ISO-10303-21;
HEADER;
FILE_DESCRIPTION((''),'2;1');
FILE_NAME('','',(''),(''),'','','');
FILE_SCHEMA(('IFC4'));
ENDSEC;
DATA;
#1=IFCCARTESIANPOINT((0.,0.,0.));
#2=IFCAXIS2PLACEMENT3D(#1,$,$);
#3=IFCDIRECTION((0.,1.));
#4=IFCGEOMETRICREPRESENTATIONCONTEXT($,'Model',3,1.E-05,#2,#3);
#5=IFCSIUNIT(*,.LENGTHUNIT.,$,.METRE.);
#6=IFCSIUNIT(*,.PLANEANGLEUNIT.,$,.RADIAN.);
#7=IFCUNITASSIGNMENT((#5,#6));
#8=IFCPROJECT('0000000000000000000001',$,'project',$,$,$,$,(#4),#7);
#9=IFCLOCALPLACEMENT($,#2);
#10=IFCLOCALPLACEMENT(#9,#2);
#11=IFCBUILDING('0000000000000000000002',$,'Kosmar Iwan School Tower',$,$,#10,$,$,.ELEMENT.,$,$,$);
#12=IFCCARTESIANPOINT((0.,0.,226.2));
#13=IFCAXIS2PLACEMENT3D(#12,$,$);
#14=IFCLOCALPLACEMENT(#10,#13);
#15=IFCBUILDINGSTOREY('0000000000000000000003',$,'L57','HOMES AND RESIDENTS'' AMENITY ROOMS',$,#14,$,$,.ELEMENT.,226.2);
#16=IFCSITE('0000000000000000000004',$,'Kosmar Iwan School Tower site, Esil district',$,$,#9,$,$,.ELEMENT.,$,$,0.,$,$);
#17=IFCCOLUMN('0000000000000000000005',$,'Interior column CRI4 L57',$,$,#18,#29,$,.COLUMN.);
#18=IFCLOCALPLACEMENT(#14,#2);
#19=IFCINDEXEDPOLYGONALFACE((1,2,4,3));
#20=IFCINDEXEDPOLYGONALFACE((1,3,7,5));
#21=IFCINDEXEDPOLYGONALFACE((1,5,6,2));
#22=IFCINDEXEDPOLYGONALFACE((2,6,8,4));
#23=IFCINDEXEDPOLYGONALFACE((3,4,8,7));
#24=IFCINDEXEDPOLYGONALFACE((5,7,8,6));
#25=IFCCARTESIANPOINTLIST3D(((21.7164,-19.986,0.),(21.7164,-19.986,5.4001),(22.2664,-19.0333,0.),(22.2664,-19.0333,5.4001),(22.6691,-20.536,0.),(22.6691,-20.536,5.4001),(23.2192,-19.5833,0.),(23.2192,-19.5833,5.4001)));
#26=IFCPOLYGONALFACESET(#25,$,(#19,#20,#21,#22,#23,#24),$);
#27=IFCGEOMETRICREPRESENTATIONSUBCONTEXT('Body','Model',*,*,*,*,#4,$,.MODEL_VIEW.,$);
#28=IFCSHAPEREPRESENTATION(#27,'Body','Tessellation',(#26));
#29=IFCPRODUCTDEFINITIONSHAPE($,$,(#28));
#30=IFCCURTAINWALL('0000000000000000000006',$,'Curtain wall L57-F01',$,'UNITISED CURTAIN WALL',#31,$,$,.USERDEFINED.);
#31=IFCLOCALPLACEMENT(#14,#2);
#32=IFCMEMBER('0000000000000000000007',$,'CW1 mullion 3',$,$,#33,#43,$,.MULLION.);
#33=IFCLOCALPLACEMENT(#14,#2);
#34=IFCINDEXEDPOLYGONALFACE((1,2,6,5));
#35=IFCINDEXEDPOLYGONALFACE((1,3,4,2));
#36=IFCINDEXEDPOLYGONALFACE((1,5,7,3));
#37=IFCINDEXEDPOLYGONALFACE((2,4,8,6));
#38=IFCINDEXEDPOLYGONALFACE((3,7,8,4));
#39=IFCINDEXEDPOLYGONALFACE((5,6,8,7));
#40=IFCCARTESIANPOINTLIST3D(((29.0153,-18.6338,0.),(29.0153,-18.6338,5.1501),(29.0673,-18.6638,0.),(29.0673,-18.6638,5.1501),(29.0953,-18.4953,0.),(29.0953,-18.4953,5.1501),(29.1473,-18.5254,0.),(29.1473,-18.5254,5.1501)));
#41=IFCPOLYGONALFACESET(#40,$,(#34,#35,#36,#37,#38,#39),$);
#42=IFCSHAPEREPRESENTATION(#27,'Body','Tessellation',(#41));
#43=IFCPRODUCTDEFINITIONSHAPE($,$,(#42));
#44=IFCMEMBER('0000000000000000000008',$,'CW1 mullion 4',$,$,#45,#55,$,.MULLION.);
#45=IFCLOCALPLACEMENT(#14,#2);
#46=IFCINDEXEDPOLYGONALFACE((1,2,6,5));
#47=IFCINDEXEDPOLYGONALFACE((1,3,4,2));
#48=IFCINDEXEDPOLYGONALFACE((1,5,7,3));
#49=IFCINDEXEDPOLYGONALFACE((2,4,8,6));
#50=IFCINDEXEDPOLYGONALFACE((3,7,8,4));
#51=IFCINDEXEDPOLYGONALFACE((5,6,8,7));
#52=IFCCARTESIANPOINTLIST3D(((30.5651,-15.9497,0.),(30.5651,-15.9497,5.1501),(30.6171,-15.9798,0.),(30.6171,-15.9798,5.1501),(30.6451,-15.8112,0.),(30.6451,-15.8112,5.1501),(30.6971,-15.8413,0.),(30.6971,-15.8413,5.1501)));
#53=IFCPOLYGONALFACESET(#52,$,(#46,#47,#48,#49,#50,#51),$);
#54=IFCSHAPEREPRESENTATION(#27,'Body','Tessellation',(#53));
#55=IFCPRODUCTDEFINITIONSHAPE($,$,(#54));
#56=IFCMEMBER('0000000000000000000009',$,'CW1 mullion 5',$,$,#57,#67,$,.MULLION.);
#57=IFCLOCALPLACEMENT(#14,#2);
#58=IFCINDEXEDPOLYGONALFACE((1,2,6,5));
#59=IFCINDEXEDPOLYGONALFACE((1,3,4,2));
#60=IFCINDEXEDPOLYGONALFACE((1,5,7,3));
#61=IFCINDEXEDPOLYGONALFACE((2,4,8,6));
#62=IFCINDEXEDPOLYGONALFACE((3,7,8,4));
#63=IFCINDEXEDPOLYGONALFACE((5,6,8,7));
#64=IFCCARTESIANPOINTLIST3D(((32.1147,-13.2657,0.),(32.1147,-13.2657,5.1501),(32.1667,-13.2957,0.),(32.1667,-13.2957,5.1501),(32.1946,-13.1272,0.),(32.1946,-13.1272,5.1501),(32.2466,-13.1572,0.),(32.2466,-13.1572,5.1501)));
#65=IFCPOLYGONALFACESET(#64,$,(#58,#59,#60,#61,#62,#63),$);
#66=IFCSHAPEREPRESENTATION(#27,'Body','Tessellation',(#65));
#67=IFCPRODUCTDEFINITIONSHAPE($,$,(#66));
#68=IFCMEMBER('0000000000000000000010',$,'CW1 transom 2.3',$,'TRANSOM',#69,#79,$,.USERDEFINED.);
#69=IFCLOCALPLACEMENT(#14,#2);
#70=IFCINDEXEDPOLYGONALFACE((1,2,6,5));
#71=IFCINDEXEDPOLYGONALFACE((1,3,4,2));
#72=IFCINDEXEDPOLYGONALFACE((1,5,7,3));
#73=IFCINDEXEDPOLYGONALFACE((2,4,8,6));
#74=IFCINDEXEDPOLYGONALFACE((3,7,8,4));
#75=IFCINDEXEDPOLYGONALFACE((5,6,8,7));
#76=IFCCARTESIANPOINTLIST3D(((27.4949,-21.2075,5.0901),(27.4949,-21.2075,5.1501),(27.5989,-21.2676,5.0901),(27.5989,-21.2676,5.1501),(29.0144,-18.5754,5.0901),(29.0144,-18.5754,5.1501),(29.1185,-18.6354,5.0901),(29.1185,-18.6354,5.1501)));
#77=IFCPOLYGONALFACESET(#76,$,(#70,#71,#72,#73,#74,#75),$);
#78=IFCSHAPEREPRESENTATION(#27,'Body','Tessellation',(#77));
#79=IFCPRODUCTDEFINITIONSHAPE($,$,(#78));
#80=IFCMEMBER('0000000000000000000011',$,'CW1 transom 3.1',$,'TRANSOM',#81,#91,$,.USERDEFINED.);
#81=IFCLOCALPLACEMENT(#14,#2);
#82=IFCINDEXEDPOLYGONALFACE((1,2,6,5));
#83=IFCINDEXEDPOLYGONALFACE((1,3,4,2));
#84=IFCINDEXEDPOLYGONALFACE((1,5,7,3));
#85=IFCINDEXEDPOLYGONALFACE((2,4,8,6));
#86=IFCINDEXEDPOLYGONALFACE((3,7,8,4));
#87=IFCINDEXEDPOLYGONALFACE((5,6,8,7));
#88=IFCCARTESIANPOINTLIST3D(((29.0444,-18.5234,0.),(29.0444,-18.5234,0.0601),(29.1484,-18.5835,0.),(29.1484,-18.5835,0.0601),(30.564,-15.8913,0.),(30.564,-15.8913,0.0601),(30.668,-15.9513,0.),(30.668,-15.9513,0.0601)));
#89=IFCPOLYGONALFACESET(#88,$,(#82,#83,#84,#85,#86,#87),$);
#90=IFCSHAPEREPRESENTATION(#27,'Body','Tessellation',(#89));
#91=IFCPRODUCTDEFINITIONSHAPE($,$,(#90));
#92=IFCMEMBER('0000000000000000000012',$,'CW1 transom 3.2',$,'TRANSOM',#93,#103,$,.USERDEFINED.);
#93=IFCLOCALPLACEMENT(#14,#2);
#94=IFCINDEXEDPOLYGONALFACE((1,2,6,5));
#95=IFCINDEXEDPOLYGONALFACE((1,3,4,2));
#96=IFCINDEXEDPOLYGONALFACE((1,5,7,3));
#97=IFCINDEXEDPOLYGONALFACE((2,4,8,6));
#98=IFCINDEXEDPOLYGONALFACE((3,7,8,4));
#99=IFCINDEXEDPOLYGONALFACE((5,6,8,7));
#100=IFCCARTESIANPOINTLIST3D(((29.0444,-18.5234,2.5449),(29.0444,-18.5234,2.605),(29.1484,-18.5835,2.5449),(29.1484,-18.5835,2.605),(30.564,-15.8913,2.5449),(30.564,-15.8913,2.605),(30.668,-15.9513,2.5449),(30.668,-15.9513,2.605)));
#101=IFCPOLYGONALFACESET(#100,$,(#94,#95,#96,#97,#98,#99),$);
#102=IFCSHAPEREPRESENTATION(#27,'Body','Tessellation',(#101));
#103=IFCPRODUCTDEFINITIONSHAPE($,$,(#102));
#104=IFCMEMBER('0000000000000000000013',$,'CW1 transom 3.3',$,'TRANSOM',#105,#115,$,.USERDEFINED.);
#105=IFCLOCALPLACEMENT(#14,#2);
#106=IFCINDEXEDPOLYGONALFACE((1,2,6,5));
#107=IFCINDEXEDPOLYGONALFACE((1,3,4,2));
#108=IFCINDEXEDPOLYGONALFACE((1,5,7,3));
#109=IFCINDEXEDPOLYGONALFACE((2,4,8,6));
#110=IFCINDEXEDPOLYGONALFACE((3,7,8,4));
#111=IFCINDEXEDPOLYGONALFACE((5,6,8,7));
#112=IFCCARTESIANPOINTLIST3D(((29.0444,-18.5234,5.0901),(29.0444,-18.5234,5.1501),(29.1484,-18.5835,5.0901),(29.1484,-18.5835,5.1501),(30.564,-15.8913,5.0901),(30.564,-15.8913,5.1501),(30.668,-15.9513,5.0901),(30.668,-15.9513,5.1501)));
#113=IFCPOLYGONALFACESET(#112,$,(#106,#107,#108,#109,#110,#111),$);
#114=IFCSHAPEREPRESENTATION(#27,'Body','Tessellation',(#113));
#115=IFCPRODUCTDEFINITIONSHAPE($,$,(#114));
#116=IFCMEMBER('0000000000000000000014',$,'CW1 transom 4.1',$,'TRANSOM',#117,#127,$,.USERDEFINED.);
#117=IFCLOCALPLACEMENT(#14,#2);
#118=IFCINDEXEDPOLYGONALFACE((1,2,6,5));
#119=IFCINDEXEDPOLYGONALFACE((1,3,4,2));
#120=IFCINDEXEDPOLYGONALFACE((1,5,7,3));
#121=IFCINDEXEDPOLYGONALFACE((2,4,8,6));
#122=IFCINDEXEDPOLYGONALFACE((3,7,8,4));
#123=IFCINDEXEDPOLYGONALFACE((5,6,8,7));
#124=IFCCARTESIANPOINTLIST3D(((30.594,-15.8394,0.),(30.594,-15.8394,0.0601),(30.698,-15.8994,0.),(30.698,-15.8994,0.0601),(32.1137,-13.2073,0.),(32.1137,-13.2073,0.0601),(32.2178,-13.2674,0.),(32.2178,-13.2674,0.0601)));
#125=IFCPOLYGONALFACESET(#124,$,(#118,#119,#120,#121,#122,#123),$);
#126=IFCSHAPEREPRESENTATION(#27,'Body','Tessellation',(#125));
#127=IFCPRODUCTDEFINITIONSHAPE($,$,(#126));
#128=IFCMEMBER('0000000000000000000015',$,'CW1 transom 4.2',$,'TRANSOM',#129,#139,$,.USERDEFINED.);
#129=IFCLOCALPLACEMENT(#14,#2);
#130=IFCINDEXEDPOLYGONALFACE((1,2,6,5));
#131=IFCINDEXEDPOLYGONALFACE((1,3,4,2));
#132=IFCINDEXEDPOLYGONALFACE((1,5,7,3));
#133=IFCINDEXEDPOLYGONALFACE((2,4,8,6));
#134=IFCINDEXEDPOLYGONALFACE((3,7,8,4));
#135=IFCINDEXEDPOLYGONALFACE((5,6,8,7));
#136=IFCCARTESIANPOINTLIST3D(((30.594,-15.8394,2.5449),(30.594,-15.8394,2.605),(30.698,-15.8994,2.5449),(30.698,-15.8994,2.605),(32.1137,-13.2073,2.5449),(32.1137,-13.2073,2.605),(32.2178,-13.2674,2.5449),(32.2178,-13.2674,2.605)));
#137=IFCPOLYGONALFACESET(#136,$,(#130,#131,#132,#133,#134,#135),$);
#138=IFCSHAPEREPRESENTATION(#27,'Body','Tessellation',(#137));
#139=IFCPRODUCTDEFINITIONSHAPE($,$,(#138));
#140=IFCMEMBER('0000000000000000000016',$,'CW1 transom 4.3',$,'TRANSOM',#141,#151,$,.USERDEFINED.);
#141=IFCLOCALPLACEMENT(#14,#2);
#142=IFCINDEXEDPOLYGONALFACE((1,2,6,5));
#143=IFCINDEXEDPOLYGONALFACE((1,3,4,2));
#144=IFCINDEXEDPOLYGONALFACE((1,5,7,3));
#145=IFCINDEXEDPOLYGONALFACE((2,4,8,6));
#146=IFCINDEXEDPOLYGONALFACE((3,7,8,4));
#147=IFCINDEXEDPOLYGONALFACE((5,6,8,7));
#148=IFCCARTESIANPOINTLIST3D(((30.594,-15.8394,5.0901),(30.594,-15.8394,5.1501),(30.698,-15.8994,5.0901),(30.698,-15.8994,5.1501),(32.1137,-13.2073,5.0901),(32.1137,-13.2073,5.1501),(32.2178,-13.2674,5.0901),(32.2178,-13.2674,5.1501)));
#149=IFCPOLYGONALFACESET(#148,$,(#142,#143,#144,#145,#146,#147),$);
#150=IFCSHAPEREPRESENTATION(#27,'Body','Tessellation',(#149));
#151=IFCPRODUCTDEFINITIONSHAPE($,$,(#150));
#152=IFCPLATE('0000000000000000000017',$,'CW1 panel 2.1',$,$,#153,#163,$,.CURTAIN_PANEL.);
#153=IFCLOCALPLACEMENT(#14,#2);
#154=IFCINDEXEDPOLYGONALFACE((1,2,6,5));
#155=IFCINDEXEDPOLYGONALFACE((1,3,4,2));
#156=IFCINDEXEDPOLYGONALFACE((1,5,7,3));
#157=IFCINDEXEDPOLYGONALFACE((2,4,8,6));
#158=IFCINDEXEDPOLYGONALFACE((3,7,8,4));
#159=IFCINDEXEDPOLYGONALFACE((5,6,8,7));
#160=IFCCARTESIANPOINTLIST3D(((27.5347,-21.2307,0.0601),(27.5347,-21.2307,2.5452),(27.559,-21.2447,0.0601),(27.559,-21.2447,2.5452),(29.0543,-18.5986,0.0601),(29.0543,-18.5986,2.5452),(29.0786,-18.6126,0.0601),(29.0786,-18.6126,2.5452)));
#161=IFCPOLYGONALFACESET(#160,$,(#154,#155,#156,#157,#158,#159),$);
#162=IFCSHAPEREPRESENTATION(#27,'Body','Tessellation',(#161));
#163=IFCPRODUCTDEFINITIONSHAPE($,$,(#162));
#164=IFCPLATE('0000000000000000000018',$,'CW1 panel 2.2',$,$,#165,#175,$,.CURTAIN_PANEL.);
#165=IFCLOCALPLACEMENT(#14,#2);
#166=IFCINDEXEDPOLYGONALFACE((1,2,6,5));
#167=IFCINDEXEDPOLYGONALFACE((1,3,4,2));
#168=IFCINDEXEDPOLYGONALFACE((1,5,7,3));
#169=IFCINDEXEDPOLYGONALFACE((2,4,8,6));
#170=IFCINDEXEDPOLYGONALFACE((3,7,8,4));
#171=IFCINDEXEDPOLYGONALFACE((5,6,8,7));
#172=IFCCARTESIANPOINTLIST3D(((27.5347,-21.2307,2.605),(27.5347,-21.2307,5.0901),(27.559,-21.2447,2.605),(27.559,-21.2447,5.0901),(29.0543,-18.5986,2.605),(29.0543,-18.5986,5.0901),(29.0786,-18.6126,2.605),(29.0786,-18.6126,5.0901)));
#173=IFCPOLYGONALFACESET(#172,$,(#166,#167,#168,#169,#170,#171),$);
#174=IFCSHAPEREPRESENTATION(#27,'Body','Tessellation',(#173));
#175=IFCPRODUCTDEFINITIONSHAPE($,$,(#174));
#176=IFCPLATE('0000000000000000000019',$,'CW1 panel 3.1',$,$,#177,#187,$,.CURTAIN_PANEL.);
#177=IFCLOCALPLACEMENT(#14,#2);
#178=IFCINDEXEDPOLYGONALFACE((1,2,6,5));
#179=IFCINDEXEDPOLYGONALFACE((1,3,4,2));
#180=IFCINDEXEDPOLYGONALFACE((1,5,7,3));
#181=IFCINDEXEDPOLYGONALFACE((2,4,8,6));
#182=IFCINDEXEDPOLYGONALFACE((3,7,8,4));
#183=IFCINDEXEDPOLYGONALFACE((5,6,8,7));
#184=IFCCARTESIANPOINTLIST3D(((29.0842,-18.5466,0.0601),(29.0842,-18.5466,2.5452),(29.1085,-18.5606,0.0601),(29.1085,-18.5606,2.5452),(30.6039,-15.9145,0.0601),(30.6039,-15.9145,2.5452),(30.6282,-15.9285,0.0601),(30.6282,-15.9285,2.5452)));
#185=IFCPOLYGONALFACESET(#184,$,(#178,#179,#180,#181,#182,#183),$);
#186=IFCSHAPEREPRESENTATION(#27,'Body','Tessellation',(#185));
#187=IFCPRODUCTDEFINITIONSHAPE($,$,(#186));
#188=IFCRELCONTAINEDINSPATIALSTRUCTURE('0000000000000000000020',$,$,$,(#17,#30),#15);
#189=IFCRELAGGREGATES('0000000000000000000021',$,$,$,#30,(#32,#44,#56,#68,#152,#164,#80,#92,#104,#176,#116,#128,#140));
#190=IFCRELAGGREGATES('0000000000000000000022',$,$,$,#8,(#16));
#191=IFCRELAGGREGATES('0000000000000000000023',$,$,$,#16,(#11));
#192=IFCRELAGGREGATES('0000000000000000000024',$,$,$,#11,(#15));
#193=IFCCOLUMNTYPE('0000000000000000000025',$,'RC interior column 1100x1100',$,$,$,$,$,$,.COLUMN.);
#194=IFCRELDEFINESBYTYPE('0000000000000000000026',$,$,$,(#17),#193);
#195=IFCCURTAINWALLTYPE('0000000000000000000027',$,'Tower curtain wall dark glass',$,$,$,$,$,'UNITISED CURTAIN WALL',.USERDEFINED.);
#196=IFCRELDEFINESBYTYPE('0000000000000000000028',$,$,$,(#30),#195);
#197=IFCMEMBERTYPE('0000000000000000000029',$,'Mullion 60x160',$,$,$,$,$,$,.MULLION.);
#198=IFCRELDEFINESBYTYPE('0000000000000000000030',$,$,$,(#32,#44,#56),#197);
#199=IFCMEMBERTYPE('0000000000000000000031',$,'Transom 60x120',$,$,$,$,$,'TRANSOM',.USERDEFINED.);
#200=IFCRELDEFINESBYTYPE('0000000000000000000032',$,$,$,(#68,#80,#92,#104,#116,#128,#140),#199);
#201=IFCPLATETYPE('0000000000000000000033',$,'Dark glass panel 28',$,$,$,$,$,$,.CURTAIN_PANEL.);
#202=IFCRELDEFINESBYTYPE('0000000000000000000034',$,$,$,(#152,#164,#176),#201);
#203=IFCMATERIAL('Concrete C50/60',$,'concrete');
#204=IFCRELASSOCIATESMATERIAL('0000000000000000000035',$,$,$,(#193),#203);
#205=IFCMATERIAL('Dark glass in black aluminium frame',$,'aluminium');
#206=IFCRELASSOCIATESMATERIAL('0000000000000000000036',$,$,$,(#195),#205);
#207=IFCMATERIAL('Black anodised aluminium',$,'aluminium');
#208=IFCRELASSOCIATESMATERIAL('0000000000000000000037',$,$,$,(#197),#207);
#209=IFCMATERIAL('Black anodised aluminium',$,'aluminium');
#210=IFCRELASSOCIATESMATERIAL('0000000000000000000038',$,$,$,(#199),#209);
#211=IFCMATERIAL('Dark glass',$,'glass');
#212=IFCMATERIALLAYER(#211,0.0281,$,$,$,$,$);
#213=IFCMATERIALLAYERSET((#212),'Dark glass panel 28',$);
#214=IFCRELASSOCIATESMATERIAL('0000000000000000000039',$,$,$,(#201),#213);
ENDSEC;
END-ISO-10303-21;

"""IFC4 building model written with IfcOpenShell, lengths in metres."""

from ifc_helpers import new_model, si_unit, direction, frame, origin, origin_2d, place, context, subcontext, project, spatial, rectangle, extrude, material, layer, layer_set, material_profile, profile_set, type_object, element, aggregate, save


model = new_model("IFC4")

# Units and contexts
model_context = context("Model", 3, precision=1e-05, world=origin(), true_north=direction((0.0, 1.0)))
body_context = subcontext(model_context, "Body", "Model", "MODEL_VIEW")
ifc_project = project(units=[si_unit("LENGTHUNIT", "METRE"), si_unit("PLANEANGLEUNIT", "RADIAN")], contexts=[model_context])

# Site, building, storey
site_placement = place(None, origin())
site = spatial("IfcSite", under=ifc_project, at=site_placement, Name="Kosmar Iwan School Tower site, Esil district", CompositionType="ELEMENT", RefElevation=0.0)
building_placement = place(site_placement, origin())
building = spatial("IfcBuilding", under=site, at=building_placement, Name="Kosmar Iwan School Tower", CompositionType="ELEMENT")
storey_placement = place(building_placement, frame((0.0, 0.0, 226.2)))
storey = spatial("IfcBuildingStorey", under=building, at=storey_placement, Name="L57", Description="HOMES AND RESIDENTS' AMENITY ROOMS", CompositionType="ELEMENT", Elevation=226.2)

# Column
ifc_material_1 = material(Name="Concrete C50/60", Category="concrete")
ifc_material_profile_1 = material_profile(ifc_material_1, rectangle(XDim=1.1001, YDim=1.1001, at=origin_2d()), Name="RC 1100x1100")
ifc_profile_set_1 = profile_set([ifc_material_profile_1], Name="Concrete C50/60")
column_type = type_object("IfcColumnType", Name="RC interior column 1100x1100", PredefinedType="COLUMN", material=ifc_profile_set_1)
column_placement = place(storey_placement, frame((22.4678, -19.7847, 0.0), z_axis=(0.0, 0.0, 1.0), x_axis=(0.866025, -0.5, 0.0)))
element("IfcColumn", 1, at=column_placement, inside=storey, type_object=column_type, Name="Interior column CRI4 L57", PredefinedType="COLUMN", context=body_context, shape_type="SweptSolid", body=[
    extrude(rectangle(XDim=1.1001, YDim=1.1001, at=origin_2d()), origin(), (0.0, 0.0, 1.0), 5.4001),
])

# Curtain wall, members, plates
ifc_material_2 = material(Name="Dark glass in black aluminium frame", Category="aluminium")
curtain_wall_type = type_object("IfcCurtainWallType", Name="Tower curtain wall dark glass", ElementType="UNITISED CURTAIN WALL", PredefinedType="USERDEFINED", material=ifc_material_2)
curtain_wall_placement = place(storey_placement, origin())
curtain_wall = element("IfcCurtainWall", 2, at=curtain_wall_placement, inside=storey, type_object=curtain_wall_type, Name="Curtain wall L57-F01", ObjectType="UNITISED CURTAIN WALL", PredefinedType="USERDEFINED")
ifc_material_3 = material(Name="Black anodised aluminium", Category="aluminium")
ifc_material_profile_2 = material_profile(ifc_material_3, rectangle(XDim=0.0601, YDim=0.1599, at=origin_2d()), Name="MULLION 60x160")
ifc_profile_set_2 = profile_set([ifc_material_profile_2], Name="Black anodised aluminium")
member_type_1 = type_object("IfcMemberType", Name="Mullion 60x160", PredefinedType="MULLION", material=ifc_profile_set_2)
member_1_placement = place(storey_placement, frame((29.0813, -18.5796, 0.0), z_axis=(0.0, 0.0, 1.0), x_axis=(-0.866025, 0.5, 0.0)))
member_1 = element("IfcMember", 3, at=member_1_placement, type_object=member_type_1, Name="CW1 mullion 3", PredefinedType="MULLION", context=body_context, shape_type="SweptSolid", body=[
    extrude(rectangle(XDim=0.0601, YDim=0.1599, at=origin_2d()), origin(), (0.0, 0.0, 1.0), 5.1501),
])
member_2_placement = place(storey_placement, frame((30.6311, -15.8955, 0.0), z_axis=(0.0, 0.0, 1.0), x_axis=(-0.866025, 0.5, 0.0)))
member_2 = element("IfcMember", 4, at=member_2_placement, type_object=member_type_1, Name="CW1 mullion 4", PredefinedType="MULLION", context=body_context, shape_type="SweptSolid", body=[
    extrude(rectangle(XDim=0.0601, YDim=0.1599, at=origin_2d()), origin(), (0.0, 0.0, 1.0), 5.1501),
])
member_3_placement = place(storey_placement, frame((32.1807, -13.2114, 0.0), z_axis=(0.0, 0.0, 1.0), x_axis=(-0.866025, 0.5, 0.0)))
member_3 = element("IfcMember", 5, at=member_3_placement, type_object=member_type_1, Name="CW1 mullion 5", PredefinedType="MULLION", context=body_context, shape_type="SweptSolid", body=[
    extrude(rectangle(XDim=0.0601, YDim=0.1599, at=origin_2d()), origin(), (0.0, 0.0, 1.0), 5.1501),
])
ifc_material_4 = material(Name="Black anodised aluminium", Category="aluminium")
ifc_material_profile_3 = material_profile(ifc_material_4, rectangle(XDim=0.1201, YDim=0.0601, at=origin_2d()), Name="TRANSOM 60x120")
ifc_profile_set_3 = profile_set([ifc_material_profile_3], Name="Black anodised aluminium")
member_type_2 = type_object("IfcMemberType", Name="Transom 60x120", ElementType="TRANSOM", PredefinedType="USERDEFINED", material=ifc_profile_set_3)
member_4_placement = place(storey_placement, frame((27.5469, -21.2375, 5.1201), z_axis=(0.499975, 0.86604, 0.0), x_axis=(-0.86604, 0.499975, 0.0)))
member_4 = element("IfcMember", 6, at=member_4_placement, type_object=member_type_2, Name="CW1 transom 2.3", ObjectType="TRANSOM", PredefinedType="USERDEFINED", context=body_context, shape_type="SweptSolid", body=[
    extrude(rectangle(XDim=0.1201, YDim=0.0601, at=origin_2d()), origin(), (0.0, 0.0, 1.0), 3.0393),
])
member_5_placement = place(storey_placement, frame((29.0964, -18.5535, 0.03), z_axis=(0.499975, 0.86604, 0.0), x_axis=(-0.86604, 0.499975, 0.0)))
member_5 = element("IfcMember", 7, at=member_5_placement, type_object=member_type_2, Name="CW1 transom 3.1", ObjectType="TRANSOM", PredefinedType="USERDEFINED", context=body_context, shape_type="SweptSolid", body=[
    extrude(rectangle(XDim=0.1201, YDim=0.0601, at=origin_2d()), origin(), (0.0, 0.0, 1.0), 3.0393),
])
member_6_placement = place(storey_placement, frame((29.0964, -18.5535, 2.575), z_axis=(0.499975, 0.86604, 0.0), x_axis=(-0.86604, 0.499975, 0.0)))
member_6 = element("IfcMember", 8, at=member_6_placement, type_object=member_type_2, Name="CW1 transom 3.2", ObjectType="TRANSOM", PredefinedType="USERDEFINED", context=body_context, shape_type="SweptSolid", body=[
    extrude(rectangle(XDim=0.1201, YDim=0.0601, at=origin_2d()), origin(), (0.0, 0.0, 1.0), 3.0393),
])
member_7_placement = place(storey_placement, frame((29.0964, -18.5535, 5.1201), z_axis=(0.499975, 0.86604, 0.0), x_axis=(-0.86604, 0.499975, 0.0)))
member_7 = element("IfcMember", 9, at=member_7_placement, type_object=member_type_2, Name="CW1 transom 3.3", ObjectType="TRANSOM", PredefinedType="USERDEFINED", context=body_context, shape_type="SweptSolid", body=[
    extrude(rectangle(XDim=0.1201, YDim=0.0601, at=origin_2d()), origin(), (0.0, 0.0, 1.0), 3.0393),
])
member_8_placement = place(storey_placement, frame((30.646, -15.8694, 0.03), z_axis=(0.500035, 0.866005, 0.0), x_axis=(-0.866005, 0.500035, 0.0)))
member_8 = element("IfcMember", 10, at=member_8_placement, type_object=member_type_2, Name="CW1 transom 4.1", ObjectType="TRANSOM", PredefinedType="USERDEFINED", context=body_context, shape_type="SweptSolid", body=[
    extrude(rectangle(XDim=0.1201, YDim=0.0601, at=origin_2d()), origin(), (0.0, 0.0, 1.0), 3.0393),
])
member_9_placement = place(storey_placement, frame((30.646, -15.8694, 2.575), z_axis=(0.500035, 0.866005, 0.0), x_axis=(-0.866005, 0.500035, 0.0)))
member_9 = element("IfcMember", 11, at=member_9_placement, type_object=member_type_2, Name="CW1 transom 4.2", ObjectType="TRANSOM", PredefinedType="USERDEFINED", context=body_context, shape_type="SweptSolid", body=[
    extrude(rectangle(XDim=0.1201, YDim=0.0601, at=origin_2d()), origin(), (0.0, 0.0, 1.0), 3.0393),
])
member_10_placement = place(storey_placement, frame((30.646, -15.8694, 5.1201), z_axis=(0.500035, 0.866005, 0.0), x_axis=(-0.866005, 0.500035, 0.0)))
member_10 = element("IfcMember", 12, at=member_10_placement, type_object=member_type_2, Name="CW1 transom 4.3", ObjectType="TRANSOM", PredefinedType="USERDEFINED", context=body_context, shape_type="SweptSolid", body=[
    extrude(rectangle(XDim=0.1201, YDim=0.0601, at=origin_2d()), origin(), (0.0, 0.0, 1.0), 3.0393),
])
ifc_material_5 = material(Name="Dark glass", Category="glass")
ifc_layer_1 = layer(ifc_material_5, 0.0281)
ifc_layer_set_1 = layer_set([ifc_layer_1], Name="Dark glass panel 28")
plate_type = type_object("IfcPlateType", Name="Dark glass panel 28", PredefinedType="CURTAIN_PANEL", material=ifc_layer_set_1)
plate_1_placement = place(storey_placement, frame((28.3066, -19.9216, 0.0601), z_axis=(0.0, 0.0, 1.0), x_axis=(0.5, 0.866025, 0.0)))
plate_1 = element("IfcPlate", 13, at=plate_1_placement, type_object=plate_type, Name="CW1 panel 2.1", PredefinedType="CURTAIN_PANEL", context=body_context, shape_type="SweptSolid", body=[
    extrude(rectangle(XDim=3.0393, YDim=0.0281, at=origin_2d()), origin(), (0.0, 0.0, 1.0), 2.4851),
])
plate_2_placement = place(storey_placement, frame((28.3066, -19.9216, 2.605), z_axis=(0.0, 0.0, 1.0), x_axis=(0.5, 0.866025, 0.0)))
plate_2 = element("IfcPlate", 14, at=plate_2_placement, type_object=plate_type, Name="CW1 panel 2.2", PredefinedType="CURTAIN_PANEL", context=body_context, shape_type="SweptSolid", body=[
    extrude(rectangle(XDim=3.0393, YDim=0.0281, at=origin_2d()), origin(), (0.0, 0.0, 1.0), 2.4851),
])
plate_3_placement = place(storey_placement, frame((29.8562, -17.2375, 0.0601), z_axis=(0.0, 0.0, 1.0), x_axis=(0.5, 0.866025, 0.0)))
plate_3 = element("IfcPlate", 15, at=plate_3_placement, type_object=plate_type, Name="CW1 panel 3.1", PredefinedType="CURTAIN_PANEL", context=body_context, shape_type="SweptSolid", body=[
    extrude(rectangle(XDim=3.0393, YDim=0.0281, at=origin_2d()), origin(), (0.0, 0.0, 1.0), 2.4851),
])
aggregate(curtain_wall, [member_1, member_2, member_3, member_4, plate_1, plate_2, member_5, member_6, member_7, plate_3, member_8, member_9, member_10])

save(model, "model.ifc")
